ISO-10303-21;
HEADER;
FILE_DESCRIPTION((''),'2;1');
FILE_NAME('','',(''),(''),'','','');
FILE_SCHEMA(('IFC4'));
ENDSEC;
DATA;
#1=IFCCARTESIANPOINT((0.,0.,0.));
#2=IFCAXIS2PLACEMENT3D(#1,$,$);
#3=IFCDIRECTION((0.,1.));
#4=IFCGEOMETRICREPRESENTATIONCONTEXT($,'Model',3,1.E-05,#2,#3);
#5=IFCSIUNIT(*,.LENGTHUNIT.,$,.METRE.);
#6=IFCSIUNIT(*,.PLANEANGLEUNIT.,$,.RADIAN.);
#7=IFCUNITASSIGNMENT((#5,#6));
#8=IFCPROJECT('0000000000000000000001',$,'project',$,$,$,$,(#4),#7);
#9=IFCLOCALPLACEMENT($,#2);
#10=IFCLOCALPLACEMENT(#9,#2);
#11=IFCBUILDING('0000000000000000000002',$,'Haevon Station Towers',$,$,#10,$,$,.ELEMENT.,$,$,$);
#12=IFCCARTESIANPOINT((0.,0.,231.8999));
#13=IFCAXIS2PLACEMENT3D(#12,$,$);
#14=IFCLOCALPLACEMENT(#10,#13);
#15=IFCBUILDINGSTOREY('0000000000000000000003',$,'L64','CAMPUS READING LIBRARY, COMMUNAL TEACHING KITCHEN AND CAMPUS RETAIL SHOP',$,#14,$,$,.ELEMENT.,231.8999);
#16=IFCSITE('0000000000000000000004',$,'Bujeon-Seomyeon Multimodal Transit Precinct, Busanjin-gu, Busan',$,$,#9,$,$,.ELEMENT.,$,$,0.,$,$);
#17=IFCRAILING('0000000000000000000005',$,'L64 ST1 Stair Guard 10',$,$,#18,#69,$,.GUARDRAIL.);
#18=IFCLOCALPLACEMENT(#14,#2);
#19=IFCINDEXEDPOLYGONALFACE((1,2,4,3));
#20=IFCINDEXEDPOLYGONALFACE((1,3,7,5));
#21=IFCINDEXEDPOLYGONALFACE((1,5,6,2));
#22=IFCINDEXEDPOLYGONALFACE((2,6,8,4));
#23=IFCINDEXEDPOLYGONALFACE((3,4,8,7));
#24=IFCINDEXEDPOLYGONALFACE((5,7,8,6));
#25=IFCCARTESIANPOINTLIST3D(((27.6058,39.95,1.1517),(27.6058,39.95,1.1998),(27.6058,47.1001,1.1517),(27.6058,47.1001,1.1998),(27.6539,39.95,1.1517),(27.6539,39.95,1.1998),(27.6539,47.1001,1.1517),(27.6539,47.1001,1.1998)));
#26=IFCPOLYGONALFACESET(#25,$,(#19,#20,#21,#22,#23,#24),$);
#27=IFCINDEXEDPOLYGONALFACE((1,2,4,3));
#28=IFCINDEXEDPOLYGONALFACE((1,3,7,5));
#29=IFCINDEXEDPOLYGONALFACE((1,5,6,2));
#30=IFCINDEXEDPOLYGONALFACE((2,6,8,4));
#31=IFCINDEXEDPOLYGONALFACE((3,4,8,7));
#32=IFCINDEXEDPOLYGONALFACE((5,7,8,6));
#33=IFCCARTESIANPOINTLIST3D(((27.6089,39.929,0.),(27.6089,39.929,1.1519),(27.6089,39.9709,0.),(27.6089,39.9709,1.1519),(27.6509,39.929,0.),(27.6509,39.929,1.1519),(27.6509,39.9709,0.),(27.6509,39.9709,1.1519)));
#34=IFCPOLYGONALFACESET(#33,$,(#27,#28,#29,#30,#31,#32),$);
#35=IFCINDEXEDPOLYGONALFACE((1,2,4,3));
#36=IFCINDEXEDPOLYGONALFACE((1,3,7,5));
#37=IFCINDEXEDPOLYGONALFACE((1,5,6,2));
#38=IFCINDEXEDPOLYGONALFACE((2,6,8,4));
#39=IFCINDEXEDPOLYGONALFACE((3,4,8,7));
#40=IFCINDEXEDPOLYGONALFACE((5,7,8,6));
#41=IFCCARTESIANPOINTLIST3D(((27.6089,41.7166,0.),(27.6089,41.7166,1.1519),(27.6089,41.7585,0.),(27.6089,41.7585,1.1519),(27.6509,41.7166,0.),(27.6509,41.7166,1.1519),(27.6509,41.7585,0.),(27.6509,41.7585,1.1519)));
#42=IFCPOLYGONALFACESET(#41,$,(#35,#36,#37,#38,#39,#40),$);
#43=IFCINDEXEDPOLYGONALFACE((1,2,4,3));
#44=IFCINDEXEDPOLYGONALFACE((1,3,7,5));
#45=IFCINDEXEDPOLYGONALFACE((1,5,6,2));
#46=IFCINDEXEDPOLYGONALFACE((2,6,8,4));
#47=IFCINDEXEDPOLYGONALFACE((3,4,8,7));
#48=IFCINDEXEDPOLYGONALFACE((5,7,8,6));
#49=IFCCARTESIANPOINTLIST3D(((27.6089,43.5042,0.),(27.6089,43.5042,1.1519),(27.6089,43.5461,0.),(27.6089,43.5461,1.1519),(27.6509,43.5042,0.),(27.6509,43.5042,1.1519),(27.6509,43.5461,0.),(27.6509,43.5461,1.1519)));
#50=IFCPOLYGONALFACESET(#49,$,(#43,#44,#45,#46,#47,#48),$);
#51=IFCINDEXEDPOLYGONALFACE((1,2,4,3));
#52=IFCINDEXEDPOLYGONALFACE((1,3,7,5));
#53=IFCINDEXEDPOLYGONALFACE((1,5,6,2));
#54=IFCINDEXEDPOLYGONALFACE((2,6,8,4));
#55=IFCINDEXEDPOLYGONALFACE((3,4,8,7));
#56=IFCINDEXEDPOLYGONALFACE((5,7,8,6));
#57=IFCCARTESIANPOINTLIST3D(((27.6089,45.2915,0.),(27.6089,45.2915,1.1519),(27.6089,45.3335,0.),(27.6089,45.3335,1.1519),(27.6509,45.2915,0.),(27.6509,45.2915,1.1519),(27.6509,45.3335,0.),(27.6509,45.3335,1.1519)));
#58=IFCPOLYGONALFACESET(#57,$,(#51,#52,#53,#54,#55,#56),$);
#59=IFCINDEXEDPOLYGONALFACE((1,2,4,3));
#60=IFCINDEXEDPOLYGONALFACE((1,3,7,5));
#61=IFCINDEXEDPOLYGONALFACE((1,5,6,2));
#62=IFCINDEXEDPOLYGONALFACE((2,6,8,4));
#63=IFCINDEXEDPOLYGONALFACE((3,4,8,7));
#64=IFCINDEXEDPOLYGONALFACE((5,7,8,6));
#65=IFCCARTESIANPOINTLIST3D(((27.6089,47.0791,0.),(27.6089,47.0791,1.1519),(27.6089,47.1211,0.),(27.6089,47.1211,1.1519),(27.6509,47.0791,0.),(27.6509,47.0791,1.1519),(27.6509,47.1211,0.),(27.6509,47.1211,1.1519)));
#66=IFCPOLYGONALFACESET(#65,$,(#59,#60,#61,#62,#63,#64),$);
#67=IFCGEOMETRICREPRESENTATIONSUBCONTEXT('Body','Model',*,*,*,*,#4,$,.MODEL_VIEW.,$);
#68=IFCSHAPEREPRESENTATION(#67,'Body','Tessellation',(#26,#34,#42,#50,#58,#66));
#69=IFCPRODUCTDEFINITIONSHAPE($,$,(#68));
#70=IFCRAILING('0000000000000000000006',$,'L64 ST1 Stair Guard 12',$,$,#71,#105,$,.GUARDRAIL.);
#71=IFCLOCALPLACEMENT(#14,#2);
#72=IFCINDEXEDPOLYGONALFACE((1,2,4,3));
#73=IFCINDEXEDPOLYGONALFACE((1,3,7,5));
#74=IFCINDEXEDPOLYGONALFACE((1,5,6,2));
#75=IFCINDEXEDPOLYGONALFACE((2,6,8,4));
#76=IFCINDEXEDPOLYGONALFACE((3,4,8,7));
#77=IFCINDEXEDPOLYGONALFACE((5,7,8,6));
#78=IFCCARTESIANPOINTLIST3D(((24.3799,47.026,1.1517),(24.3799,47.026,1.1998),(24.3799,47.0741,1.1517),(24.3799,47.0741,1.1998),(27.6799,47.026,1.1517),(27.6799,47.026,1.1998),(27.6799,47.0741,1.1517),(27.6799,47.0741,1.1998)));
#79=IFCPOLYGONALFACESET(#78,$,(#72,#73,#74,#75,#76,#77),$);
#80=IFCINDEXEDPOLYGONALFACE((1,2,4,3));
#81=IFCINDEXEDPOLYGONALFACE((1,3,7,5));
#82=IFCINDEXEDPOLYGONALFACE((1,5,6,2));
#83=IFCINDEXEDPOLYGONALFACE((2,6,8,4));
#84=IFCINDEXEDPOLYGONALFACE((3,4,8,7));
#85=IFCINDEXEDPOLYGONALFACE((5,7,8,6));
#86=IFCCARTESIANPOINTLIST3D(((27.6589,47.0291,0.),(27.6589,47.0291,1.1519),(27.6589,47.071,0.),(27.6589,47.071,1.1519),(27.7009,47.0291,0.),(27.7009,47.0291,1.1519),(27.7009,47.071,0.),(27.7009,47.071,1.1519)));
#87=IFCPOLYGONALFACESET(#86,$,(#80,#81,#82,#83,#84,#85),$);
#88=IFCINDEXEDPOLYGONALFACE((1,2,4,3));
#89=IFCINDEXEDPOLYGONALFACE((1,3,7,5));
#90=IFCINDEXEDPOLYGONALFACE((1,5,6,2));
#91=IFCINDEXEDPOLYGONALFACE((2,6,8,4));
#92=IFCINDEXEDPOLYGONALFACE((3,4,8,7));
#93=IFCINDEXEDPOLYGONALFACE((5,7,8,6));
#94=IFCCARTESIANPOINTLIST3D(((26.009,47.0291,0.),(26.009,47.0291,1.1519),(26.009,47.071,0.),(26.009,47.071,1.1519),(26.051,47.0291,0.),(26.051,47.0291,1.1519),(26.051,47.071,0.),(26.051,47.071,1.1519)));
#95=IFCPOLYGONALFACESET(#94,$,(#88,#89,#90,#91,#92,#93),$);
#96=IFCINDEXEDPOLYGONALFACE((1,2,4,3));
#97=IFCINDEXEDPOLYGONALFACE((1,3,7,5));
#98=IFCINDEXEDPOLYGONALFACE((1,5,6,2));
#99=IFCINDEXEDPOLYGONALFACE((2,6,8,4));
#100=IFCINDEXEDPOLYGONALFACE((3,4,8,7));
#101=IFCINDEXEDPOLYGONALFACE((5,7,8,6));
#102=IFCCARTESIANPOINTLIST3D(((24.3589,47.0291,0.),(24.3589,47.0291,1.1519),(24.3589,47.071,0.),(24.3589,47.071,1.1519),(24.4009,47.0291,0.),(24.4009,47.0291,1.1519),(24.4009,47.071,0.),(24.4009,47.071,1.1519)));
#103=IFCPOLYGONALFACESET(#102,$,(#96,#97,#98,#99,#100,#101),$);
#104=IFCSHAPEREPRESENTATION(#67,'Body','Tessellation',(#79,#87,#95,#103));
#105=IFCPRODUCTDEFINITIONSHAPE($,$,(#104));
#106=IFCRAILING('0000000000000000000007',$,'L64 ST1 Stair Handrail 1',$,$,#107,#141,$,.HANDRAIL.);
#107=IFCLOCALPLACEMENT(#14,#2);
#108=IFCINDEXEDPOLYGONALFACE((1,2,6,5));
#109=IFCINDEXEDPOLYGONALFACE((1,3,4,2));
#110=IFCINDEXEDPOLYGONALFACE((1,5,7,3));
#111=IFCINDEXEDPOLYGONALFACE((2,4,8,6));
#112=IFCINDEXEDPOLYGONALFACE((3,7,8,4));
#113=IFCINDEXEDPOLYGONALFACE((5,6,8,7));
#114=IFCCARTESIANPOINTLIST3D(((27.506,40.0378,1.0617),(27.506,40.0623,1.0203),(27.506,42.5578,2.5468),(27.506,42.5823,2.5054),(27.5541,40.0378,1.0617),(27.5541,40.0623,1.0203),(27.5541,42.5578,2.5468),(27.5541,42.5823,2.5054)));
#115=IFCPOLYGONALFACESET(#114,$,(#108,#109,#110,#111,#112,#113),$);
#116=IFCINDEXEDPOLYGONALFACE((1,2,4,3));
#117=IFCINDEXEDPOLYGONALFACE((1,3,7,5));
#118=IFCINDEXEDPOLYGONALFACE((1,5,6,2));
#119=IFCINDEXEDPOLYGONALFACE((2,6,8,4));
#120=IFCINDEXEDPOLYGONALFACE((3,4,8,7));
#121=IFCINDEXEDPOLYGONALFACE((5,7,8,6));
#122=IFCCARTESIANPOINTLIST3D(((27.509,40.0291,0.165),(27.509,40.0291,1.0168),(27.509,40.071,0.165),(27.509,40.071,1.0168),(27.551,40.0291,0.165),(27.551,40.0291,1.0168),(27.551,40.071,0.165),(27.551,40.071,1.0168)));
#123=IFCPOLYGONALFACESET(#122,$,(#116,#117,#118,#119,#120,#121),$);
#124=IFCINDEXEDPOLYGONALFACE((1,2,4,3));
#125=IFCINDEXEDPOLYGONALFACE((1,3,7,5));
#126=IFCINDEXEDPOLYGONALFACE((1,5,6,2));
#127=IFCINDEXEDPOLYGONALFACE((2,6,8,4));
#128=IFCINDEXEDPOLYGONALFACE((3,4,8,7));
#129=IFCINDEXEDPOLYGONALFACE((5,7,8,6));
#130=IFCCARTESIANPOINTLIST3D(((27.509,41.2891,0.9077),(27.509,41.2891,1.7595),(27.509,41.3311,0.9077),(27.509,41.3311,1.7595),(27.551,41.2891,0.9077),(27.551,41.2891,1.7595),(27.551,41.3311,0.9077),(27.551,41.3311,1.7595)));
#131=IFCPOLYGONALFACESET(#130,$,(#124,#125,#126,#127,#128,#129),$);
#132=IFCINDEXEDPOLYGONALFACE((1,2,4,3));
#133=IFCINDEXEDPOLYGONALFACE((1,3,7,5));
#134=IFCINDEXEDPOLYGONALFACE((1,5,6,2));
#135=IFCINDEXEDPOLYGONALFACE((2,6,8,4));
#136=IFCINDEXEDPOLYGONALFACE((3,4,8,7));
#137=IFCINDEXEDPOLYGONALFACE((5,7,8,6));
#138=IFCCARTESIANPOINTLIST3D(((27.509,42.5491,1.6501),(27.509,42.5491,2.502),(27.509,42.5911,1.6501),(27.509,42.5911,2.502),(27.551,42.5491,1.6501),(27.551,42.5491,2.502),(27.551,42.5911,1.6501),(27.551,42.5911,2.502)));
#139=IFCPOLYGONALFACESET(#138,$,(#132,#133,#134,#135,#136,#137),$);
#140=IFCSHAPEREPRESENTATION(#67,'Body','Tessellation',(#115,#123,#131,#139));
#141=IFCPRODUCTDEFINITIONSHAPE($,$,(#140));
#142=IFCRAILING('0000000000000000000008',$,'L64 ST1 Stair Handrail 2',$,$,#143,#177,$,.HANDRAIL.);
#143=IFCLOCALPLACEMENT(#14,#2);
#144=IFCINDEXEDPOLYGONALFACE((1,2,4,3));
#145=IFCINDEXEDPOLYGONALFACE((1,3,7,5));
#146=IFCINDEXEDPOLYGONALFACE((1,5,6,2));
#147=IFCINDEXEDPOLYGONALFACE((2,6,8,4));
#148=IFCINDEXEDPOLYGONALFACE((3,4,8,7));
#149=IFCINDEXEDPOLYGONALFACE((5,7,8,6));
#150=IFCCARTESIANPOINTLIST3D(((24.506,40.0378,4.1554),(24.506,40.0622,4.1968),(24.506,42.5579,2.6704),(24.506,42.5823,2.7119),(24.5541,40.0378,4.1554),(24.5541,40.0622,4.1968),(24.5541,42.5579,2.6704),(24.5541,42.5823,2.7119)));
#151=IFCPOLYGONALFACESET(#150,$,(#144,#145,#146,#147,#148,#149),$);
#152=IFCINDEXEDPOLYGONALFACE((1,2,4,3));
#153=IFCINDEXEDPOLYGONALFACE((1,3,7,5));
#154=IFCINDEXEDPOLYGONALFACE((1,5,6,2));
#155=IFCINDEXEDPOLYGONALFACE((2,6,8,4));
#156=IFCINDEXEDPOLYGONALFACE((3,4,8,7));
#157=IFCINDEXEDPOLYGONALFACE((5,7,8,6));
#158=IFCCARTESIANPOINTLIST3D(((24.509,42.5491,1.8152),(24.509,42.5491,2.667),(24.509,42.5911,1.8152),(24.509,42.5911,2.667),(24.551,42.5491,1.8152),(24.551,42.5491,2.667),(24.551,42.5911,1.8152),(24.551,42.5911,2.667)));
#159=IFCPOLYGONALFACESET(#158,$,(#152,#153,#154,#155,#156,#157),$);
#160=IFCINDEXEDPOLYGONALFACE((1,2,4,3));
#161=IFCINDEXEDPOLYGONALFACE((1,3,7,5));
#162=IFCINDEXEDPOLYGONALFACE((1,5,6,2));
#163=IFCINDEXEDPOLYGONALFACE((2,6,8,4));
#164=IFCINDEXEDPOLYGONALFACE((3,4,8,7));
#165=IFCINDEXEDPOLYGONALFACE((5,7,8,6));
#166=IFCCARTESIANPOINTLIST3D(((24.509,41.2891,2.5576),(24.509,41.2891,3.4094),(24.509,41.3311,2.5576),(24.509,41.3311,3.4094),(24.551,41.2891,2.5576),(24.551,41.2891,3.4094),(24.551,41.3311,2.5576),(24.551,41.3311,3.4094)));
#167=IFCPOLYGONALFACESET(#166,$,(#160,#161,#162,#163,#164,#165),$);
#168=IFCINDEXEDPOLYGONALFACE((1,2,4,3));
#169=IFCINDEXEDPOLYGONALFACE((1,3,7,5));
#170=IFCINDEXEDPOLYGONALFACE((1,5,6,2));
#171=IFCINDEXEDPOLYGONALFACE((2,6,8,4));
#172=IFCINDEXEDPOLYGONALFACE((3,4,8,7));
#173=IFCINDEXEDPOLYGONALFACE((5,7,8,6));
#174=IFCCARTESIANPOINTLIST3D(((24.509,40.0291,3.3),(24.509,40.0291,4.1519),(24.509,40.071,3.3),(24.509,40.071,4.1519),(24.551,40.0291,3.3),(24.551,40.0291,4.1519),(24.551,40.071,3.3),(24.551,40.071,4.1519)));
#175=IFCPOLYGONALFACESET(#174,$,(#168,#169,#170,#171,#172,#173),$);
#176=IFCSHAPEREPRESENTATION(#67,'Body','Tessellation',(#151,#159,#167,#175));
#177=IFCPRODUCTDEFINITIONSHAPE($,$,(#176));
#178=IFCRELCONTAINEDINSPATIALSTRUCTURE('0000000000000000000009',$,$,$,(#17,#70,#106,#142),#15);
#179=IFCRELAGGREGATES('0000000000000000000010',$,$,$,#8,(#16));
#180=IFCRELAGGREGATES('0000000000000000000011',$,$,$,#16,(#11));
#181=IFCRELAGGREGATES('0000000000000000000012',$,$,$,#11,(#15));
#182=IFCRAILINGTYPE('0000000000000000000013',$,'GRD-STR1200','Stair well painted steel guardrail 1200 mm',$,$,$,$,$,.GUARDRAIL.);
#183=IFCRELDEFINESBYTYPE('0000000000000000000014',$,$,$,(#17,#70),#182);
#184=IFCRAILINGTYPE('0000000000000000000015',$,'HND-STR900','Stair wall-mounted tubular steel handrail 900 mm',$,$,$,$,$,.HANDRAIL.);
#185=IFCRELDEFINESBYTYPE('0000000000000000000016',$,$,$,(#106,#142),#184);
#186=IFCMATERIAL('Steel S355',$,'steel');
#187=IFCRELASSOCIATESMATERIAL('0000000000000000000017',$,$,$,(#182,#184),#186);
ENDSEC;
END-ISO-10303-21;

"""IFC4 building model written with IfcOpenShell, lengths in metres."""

from ifc_helpers import new_model, si_unit, direction, frame, origin, origin_2d, place, context, subcontext, project, spatial, rectangle, extrude, material, type_object, element, save


model = new_model("IFC4")

# Units and contexts
model_context = context("Model", 3, precision=1e-05, world=origin(), true_north=direction((0.0, 1.0)))
body_context = subcontext(model_context, "Body", "Model", "MODEL_VIEW")
ifc_project = project(units=[si_unit("LENGTHUNIT", "METRE"), si_unit("PLANEANGLEUNIT", "RADIAN")], contexts=[model_context])

# Site, building, storey
site_placement = place(None, origin())
site = spatial("IfcSite", under=ifc_project, at=site_placement, Name="Bujeon-Seomyeon Multimodal Transit Precinct, Busanjin-gu, Busan", CompositionType="ELEMENT", RefElevation=0.0)
building_placement = place(site_placement, origin())
building = spatial("IfcBuilding", under=site, at=building_placement, Name="Haevon Station Towers", CompositionType="ELEMENT")
storey_placement = place(building_placement, frame((0.0, 0.0, 231.8999)))
storey = spatial("IfcBuildingStorey", under=building, at=storey_placement, Name="L64", Description="CAMPUS READING LIBRARY, COMMUNAL TEACHING KITCHEN AND CAMPUS RETAIL SHOP", CompositionType="ELEMENT", Elevation=231.8999)

# Shared definitions
ifc_material_1 = material(Name="Steel S355", Category="steel")

# Railings
railing_type_1 = type_object("IfcRailingType", Name="GRD-STR1200", Description="Stair well painted steel guardrail 1200 mm", PredefinedType="GUARDRAIL", material=ifc_material_1)
railing_1_placement = place(storey_placement, frame((27.6299, 39.95, 0.0)))
element("IfcRailing", 1, at=railing_1_placement, inside=storey, type_object=railing_type_1, Name="L64 ST1 Stair Guard 10", PredefinedType="GUARDRAIL", context=body_context, shape_type="SweptSolid", body=[
    extrude(rectangle(XDim=0.0481, YDim=0.0481, at=origin_2d()), frame((0.0, 0.0, 1.1758), z_axis=(0.0, 1.0, 0.0), x_axis=(-1.0, 0.0, 0.0)), (0.0, 0.0, 1.0), 7.1501),
    extrude(rectangle(XDim=0.042, YDim=0.042, at=origin_2d()), origin(), (0.0, 0.0, 1.0), 1.1519),
    extrude(rectangle(XDim=0.042, YDim=0.042, at=origin_2d()), frame((0.0, 1.7876, 0.0)), (0.0, 0.0, 1.0), 1.1519),
    extrude(rectangle(XDim=0.042, YDim=0.042, at=origin_2d()), frame((0.0, 3.5752, 0.0)), (0.0, 0.0, 1.0), 1.1519),
    extrude(rectangle(XDim=0.042, YDim=0.042, at=origin_2d()), frame((0.0, 5.3625, 0.0)), (0.0, 0.0, 1.0), 1.1519),
    extrude(rectangle(XDim=0.042, YDim=0.042, at=origin_2d()), frame((0.0, 7.1501, 0.0)), (0.0, 0.0, 1.0), 1.1519),
])
railing_2_placement = place(storey_placement, frame((27.6799, 47.05, 0.0)))
element("IfcRailing", 2, at=railing_2_placement, inside=storey, type_object=railing_type_1, Name="L64 ST1 Stair Guard 12", PredefinedType="GUARDRAIL", context=body_context, shape_type="SweptSolid", body=[
    extrude(rectangle(XDim=0.0481, YDim=0.0481, at=origin_2d()), frame((0.0, 0.0, 1.1758), z_axis=(-1.0, 0.0, 0.0), x_axis=(0.0, -1.0, 0.0)), (0.0, 0.0, 1.0), 3.3),
    extrude(rectangle(XDim=0.042, YDim=0.042, at=origin_2d()), origin(), (0.0, 0.0, 1.0), 1.1519),
    extrude(rectangle(XDim=0.042, YDim=0.042, at=origin_2d()), frame((-1.6499, 0.0, 0.0)), (0.0, 0.0, 1.0), 1.1519),
    extrude(rectangle(XDim=0.042, YDim=0.042, at=origin_2d()), frame((-3.3, 0.0, 0.0)), (0.0, 0.0, 1.0), 1.1519),
])
railing_type_2 = type_object("IfcRailingType", Name="HND-STR900", Description="Stair wall-mounted tubular steel handrail 900 mm", PredefinedType="HANDRAIL", material=ifc_material_1)
railing_3_placement = place(storey_placement, frame((27.53, 40.05, 0.165)))
element("IfcRailing", 3, at=railing_3_placement, inside=storey, type_object=railing_type_2, Name="L64 ST1 Stair Handrail 1", PredefinedType="HANDRAIL", context=body_context, shape_type="SweptSolid", body=[
    extrude(rectangle(XDim=0.0481, YDim=0.0481, at=origin_2d()), frame((0.0, 0.0, 0.876), z_axis=(0.0, 0.861524, 0.507717), x_axis=(-1.0, 0.0, 0.0)), (0.0, 0.0, 1.0), 2.925),
    extrude(rectangle(XDim=0.042, YDim=0.042, at=origin_2d()), origin(), (0.0, 0.0, 1.0), 0.8518),
    extrude(rectangle(XDim=0.042, YDim=0.042, at=origin_2d()), frame((0.0, 1.26, 0.7427)), (0.0, 0.0, 1.0), 0.8518),
    extrude(rectangle(XDim=0.042, YDim=0.042, at=origin_2d()), frame((0.0, 2.52, 1.4851)), (0.0, 0.0, 1.0), 0.8518),
])
railing_4_placement = place(storey_placement, frame((24.53, 42.5701, 1.8152)))
element("IfcRailing", 4, at=railing_4_placement, inside=storey, type_object=railing_type_2, Name="L64 ST1 Stair Handrail 2", PredefinedType="HANDRAIL", context=body_context, shape_type="SweptSolid", body=[
    extrude(rectangle(XDim=0.0481, YDim=0.0481, at=origin_2d()), frame((0.0, 0.0, 0.876), z_axis=(0.0, -0.861561, 0.507655), x_axis=(1.0, 0.0, 0.0)), (0.0, 0.0, 1.0), 2.925),
    extrude(rectangle(XDim=0.042, YDim=0.042, at=origin_2d()), origin(), (0.0, 0.0, 1.0), 0.8518),
    extrude(rectangle(XDim=0.042, YDim=0.042, at=origin_2d()), frame((0.0, -1.26, 0.7424)), (0.0, 0.0, 1.0), 0.8518),
    extrude(rectangle(XDim=0.042, YDim=0.042, at=origin_2d()), frame((0.0, -2.52, 1.4849)), (0.0, 0.0, 1.0), 0.8518),
])

save(model, "model.ifc")
